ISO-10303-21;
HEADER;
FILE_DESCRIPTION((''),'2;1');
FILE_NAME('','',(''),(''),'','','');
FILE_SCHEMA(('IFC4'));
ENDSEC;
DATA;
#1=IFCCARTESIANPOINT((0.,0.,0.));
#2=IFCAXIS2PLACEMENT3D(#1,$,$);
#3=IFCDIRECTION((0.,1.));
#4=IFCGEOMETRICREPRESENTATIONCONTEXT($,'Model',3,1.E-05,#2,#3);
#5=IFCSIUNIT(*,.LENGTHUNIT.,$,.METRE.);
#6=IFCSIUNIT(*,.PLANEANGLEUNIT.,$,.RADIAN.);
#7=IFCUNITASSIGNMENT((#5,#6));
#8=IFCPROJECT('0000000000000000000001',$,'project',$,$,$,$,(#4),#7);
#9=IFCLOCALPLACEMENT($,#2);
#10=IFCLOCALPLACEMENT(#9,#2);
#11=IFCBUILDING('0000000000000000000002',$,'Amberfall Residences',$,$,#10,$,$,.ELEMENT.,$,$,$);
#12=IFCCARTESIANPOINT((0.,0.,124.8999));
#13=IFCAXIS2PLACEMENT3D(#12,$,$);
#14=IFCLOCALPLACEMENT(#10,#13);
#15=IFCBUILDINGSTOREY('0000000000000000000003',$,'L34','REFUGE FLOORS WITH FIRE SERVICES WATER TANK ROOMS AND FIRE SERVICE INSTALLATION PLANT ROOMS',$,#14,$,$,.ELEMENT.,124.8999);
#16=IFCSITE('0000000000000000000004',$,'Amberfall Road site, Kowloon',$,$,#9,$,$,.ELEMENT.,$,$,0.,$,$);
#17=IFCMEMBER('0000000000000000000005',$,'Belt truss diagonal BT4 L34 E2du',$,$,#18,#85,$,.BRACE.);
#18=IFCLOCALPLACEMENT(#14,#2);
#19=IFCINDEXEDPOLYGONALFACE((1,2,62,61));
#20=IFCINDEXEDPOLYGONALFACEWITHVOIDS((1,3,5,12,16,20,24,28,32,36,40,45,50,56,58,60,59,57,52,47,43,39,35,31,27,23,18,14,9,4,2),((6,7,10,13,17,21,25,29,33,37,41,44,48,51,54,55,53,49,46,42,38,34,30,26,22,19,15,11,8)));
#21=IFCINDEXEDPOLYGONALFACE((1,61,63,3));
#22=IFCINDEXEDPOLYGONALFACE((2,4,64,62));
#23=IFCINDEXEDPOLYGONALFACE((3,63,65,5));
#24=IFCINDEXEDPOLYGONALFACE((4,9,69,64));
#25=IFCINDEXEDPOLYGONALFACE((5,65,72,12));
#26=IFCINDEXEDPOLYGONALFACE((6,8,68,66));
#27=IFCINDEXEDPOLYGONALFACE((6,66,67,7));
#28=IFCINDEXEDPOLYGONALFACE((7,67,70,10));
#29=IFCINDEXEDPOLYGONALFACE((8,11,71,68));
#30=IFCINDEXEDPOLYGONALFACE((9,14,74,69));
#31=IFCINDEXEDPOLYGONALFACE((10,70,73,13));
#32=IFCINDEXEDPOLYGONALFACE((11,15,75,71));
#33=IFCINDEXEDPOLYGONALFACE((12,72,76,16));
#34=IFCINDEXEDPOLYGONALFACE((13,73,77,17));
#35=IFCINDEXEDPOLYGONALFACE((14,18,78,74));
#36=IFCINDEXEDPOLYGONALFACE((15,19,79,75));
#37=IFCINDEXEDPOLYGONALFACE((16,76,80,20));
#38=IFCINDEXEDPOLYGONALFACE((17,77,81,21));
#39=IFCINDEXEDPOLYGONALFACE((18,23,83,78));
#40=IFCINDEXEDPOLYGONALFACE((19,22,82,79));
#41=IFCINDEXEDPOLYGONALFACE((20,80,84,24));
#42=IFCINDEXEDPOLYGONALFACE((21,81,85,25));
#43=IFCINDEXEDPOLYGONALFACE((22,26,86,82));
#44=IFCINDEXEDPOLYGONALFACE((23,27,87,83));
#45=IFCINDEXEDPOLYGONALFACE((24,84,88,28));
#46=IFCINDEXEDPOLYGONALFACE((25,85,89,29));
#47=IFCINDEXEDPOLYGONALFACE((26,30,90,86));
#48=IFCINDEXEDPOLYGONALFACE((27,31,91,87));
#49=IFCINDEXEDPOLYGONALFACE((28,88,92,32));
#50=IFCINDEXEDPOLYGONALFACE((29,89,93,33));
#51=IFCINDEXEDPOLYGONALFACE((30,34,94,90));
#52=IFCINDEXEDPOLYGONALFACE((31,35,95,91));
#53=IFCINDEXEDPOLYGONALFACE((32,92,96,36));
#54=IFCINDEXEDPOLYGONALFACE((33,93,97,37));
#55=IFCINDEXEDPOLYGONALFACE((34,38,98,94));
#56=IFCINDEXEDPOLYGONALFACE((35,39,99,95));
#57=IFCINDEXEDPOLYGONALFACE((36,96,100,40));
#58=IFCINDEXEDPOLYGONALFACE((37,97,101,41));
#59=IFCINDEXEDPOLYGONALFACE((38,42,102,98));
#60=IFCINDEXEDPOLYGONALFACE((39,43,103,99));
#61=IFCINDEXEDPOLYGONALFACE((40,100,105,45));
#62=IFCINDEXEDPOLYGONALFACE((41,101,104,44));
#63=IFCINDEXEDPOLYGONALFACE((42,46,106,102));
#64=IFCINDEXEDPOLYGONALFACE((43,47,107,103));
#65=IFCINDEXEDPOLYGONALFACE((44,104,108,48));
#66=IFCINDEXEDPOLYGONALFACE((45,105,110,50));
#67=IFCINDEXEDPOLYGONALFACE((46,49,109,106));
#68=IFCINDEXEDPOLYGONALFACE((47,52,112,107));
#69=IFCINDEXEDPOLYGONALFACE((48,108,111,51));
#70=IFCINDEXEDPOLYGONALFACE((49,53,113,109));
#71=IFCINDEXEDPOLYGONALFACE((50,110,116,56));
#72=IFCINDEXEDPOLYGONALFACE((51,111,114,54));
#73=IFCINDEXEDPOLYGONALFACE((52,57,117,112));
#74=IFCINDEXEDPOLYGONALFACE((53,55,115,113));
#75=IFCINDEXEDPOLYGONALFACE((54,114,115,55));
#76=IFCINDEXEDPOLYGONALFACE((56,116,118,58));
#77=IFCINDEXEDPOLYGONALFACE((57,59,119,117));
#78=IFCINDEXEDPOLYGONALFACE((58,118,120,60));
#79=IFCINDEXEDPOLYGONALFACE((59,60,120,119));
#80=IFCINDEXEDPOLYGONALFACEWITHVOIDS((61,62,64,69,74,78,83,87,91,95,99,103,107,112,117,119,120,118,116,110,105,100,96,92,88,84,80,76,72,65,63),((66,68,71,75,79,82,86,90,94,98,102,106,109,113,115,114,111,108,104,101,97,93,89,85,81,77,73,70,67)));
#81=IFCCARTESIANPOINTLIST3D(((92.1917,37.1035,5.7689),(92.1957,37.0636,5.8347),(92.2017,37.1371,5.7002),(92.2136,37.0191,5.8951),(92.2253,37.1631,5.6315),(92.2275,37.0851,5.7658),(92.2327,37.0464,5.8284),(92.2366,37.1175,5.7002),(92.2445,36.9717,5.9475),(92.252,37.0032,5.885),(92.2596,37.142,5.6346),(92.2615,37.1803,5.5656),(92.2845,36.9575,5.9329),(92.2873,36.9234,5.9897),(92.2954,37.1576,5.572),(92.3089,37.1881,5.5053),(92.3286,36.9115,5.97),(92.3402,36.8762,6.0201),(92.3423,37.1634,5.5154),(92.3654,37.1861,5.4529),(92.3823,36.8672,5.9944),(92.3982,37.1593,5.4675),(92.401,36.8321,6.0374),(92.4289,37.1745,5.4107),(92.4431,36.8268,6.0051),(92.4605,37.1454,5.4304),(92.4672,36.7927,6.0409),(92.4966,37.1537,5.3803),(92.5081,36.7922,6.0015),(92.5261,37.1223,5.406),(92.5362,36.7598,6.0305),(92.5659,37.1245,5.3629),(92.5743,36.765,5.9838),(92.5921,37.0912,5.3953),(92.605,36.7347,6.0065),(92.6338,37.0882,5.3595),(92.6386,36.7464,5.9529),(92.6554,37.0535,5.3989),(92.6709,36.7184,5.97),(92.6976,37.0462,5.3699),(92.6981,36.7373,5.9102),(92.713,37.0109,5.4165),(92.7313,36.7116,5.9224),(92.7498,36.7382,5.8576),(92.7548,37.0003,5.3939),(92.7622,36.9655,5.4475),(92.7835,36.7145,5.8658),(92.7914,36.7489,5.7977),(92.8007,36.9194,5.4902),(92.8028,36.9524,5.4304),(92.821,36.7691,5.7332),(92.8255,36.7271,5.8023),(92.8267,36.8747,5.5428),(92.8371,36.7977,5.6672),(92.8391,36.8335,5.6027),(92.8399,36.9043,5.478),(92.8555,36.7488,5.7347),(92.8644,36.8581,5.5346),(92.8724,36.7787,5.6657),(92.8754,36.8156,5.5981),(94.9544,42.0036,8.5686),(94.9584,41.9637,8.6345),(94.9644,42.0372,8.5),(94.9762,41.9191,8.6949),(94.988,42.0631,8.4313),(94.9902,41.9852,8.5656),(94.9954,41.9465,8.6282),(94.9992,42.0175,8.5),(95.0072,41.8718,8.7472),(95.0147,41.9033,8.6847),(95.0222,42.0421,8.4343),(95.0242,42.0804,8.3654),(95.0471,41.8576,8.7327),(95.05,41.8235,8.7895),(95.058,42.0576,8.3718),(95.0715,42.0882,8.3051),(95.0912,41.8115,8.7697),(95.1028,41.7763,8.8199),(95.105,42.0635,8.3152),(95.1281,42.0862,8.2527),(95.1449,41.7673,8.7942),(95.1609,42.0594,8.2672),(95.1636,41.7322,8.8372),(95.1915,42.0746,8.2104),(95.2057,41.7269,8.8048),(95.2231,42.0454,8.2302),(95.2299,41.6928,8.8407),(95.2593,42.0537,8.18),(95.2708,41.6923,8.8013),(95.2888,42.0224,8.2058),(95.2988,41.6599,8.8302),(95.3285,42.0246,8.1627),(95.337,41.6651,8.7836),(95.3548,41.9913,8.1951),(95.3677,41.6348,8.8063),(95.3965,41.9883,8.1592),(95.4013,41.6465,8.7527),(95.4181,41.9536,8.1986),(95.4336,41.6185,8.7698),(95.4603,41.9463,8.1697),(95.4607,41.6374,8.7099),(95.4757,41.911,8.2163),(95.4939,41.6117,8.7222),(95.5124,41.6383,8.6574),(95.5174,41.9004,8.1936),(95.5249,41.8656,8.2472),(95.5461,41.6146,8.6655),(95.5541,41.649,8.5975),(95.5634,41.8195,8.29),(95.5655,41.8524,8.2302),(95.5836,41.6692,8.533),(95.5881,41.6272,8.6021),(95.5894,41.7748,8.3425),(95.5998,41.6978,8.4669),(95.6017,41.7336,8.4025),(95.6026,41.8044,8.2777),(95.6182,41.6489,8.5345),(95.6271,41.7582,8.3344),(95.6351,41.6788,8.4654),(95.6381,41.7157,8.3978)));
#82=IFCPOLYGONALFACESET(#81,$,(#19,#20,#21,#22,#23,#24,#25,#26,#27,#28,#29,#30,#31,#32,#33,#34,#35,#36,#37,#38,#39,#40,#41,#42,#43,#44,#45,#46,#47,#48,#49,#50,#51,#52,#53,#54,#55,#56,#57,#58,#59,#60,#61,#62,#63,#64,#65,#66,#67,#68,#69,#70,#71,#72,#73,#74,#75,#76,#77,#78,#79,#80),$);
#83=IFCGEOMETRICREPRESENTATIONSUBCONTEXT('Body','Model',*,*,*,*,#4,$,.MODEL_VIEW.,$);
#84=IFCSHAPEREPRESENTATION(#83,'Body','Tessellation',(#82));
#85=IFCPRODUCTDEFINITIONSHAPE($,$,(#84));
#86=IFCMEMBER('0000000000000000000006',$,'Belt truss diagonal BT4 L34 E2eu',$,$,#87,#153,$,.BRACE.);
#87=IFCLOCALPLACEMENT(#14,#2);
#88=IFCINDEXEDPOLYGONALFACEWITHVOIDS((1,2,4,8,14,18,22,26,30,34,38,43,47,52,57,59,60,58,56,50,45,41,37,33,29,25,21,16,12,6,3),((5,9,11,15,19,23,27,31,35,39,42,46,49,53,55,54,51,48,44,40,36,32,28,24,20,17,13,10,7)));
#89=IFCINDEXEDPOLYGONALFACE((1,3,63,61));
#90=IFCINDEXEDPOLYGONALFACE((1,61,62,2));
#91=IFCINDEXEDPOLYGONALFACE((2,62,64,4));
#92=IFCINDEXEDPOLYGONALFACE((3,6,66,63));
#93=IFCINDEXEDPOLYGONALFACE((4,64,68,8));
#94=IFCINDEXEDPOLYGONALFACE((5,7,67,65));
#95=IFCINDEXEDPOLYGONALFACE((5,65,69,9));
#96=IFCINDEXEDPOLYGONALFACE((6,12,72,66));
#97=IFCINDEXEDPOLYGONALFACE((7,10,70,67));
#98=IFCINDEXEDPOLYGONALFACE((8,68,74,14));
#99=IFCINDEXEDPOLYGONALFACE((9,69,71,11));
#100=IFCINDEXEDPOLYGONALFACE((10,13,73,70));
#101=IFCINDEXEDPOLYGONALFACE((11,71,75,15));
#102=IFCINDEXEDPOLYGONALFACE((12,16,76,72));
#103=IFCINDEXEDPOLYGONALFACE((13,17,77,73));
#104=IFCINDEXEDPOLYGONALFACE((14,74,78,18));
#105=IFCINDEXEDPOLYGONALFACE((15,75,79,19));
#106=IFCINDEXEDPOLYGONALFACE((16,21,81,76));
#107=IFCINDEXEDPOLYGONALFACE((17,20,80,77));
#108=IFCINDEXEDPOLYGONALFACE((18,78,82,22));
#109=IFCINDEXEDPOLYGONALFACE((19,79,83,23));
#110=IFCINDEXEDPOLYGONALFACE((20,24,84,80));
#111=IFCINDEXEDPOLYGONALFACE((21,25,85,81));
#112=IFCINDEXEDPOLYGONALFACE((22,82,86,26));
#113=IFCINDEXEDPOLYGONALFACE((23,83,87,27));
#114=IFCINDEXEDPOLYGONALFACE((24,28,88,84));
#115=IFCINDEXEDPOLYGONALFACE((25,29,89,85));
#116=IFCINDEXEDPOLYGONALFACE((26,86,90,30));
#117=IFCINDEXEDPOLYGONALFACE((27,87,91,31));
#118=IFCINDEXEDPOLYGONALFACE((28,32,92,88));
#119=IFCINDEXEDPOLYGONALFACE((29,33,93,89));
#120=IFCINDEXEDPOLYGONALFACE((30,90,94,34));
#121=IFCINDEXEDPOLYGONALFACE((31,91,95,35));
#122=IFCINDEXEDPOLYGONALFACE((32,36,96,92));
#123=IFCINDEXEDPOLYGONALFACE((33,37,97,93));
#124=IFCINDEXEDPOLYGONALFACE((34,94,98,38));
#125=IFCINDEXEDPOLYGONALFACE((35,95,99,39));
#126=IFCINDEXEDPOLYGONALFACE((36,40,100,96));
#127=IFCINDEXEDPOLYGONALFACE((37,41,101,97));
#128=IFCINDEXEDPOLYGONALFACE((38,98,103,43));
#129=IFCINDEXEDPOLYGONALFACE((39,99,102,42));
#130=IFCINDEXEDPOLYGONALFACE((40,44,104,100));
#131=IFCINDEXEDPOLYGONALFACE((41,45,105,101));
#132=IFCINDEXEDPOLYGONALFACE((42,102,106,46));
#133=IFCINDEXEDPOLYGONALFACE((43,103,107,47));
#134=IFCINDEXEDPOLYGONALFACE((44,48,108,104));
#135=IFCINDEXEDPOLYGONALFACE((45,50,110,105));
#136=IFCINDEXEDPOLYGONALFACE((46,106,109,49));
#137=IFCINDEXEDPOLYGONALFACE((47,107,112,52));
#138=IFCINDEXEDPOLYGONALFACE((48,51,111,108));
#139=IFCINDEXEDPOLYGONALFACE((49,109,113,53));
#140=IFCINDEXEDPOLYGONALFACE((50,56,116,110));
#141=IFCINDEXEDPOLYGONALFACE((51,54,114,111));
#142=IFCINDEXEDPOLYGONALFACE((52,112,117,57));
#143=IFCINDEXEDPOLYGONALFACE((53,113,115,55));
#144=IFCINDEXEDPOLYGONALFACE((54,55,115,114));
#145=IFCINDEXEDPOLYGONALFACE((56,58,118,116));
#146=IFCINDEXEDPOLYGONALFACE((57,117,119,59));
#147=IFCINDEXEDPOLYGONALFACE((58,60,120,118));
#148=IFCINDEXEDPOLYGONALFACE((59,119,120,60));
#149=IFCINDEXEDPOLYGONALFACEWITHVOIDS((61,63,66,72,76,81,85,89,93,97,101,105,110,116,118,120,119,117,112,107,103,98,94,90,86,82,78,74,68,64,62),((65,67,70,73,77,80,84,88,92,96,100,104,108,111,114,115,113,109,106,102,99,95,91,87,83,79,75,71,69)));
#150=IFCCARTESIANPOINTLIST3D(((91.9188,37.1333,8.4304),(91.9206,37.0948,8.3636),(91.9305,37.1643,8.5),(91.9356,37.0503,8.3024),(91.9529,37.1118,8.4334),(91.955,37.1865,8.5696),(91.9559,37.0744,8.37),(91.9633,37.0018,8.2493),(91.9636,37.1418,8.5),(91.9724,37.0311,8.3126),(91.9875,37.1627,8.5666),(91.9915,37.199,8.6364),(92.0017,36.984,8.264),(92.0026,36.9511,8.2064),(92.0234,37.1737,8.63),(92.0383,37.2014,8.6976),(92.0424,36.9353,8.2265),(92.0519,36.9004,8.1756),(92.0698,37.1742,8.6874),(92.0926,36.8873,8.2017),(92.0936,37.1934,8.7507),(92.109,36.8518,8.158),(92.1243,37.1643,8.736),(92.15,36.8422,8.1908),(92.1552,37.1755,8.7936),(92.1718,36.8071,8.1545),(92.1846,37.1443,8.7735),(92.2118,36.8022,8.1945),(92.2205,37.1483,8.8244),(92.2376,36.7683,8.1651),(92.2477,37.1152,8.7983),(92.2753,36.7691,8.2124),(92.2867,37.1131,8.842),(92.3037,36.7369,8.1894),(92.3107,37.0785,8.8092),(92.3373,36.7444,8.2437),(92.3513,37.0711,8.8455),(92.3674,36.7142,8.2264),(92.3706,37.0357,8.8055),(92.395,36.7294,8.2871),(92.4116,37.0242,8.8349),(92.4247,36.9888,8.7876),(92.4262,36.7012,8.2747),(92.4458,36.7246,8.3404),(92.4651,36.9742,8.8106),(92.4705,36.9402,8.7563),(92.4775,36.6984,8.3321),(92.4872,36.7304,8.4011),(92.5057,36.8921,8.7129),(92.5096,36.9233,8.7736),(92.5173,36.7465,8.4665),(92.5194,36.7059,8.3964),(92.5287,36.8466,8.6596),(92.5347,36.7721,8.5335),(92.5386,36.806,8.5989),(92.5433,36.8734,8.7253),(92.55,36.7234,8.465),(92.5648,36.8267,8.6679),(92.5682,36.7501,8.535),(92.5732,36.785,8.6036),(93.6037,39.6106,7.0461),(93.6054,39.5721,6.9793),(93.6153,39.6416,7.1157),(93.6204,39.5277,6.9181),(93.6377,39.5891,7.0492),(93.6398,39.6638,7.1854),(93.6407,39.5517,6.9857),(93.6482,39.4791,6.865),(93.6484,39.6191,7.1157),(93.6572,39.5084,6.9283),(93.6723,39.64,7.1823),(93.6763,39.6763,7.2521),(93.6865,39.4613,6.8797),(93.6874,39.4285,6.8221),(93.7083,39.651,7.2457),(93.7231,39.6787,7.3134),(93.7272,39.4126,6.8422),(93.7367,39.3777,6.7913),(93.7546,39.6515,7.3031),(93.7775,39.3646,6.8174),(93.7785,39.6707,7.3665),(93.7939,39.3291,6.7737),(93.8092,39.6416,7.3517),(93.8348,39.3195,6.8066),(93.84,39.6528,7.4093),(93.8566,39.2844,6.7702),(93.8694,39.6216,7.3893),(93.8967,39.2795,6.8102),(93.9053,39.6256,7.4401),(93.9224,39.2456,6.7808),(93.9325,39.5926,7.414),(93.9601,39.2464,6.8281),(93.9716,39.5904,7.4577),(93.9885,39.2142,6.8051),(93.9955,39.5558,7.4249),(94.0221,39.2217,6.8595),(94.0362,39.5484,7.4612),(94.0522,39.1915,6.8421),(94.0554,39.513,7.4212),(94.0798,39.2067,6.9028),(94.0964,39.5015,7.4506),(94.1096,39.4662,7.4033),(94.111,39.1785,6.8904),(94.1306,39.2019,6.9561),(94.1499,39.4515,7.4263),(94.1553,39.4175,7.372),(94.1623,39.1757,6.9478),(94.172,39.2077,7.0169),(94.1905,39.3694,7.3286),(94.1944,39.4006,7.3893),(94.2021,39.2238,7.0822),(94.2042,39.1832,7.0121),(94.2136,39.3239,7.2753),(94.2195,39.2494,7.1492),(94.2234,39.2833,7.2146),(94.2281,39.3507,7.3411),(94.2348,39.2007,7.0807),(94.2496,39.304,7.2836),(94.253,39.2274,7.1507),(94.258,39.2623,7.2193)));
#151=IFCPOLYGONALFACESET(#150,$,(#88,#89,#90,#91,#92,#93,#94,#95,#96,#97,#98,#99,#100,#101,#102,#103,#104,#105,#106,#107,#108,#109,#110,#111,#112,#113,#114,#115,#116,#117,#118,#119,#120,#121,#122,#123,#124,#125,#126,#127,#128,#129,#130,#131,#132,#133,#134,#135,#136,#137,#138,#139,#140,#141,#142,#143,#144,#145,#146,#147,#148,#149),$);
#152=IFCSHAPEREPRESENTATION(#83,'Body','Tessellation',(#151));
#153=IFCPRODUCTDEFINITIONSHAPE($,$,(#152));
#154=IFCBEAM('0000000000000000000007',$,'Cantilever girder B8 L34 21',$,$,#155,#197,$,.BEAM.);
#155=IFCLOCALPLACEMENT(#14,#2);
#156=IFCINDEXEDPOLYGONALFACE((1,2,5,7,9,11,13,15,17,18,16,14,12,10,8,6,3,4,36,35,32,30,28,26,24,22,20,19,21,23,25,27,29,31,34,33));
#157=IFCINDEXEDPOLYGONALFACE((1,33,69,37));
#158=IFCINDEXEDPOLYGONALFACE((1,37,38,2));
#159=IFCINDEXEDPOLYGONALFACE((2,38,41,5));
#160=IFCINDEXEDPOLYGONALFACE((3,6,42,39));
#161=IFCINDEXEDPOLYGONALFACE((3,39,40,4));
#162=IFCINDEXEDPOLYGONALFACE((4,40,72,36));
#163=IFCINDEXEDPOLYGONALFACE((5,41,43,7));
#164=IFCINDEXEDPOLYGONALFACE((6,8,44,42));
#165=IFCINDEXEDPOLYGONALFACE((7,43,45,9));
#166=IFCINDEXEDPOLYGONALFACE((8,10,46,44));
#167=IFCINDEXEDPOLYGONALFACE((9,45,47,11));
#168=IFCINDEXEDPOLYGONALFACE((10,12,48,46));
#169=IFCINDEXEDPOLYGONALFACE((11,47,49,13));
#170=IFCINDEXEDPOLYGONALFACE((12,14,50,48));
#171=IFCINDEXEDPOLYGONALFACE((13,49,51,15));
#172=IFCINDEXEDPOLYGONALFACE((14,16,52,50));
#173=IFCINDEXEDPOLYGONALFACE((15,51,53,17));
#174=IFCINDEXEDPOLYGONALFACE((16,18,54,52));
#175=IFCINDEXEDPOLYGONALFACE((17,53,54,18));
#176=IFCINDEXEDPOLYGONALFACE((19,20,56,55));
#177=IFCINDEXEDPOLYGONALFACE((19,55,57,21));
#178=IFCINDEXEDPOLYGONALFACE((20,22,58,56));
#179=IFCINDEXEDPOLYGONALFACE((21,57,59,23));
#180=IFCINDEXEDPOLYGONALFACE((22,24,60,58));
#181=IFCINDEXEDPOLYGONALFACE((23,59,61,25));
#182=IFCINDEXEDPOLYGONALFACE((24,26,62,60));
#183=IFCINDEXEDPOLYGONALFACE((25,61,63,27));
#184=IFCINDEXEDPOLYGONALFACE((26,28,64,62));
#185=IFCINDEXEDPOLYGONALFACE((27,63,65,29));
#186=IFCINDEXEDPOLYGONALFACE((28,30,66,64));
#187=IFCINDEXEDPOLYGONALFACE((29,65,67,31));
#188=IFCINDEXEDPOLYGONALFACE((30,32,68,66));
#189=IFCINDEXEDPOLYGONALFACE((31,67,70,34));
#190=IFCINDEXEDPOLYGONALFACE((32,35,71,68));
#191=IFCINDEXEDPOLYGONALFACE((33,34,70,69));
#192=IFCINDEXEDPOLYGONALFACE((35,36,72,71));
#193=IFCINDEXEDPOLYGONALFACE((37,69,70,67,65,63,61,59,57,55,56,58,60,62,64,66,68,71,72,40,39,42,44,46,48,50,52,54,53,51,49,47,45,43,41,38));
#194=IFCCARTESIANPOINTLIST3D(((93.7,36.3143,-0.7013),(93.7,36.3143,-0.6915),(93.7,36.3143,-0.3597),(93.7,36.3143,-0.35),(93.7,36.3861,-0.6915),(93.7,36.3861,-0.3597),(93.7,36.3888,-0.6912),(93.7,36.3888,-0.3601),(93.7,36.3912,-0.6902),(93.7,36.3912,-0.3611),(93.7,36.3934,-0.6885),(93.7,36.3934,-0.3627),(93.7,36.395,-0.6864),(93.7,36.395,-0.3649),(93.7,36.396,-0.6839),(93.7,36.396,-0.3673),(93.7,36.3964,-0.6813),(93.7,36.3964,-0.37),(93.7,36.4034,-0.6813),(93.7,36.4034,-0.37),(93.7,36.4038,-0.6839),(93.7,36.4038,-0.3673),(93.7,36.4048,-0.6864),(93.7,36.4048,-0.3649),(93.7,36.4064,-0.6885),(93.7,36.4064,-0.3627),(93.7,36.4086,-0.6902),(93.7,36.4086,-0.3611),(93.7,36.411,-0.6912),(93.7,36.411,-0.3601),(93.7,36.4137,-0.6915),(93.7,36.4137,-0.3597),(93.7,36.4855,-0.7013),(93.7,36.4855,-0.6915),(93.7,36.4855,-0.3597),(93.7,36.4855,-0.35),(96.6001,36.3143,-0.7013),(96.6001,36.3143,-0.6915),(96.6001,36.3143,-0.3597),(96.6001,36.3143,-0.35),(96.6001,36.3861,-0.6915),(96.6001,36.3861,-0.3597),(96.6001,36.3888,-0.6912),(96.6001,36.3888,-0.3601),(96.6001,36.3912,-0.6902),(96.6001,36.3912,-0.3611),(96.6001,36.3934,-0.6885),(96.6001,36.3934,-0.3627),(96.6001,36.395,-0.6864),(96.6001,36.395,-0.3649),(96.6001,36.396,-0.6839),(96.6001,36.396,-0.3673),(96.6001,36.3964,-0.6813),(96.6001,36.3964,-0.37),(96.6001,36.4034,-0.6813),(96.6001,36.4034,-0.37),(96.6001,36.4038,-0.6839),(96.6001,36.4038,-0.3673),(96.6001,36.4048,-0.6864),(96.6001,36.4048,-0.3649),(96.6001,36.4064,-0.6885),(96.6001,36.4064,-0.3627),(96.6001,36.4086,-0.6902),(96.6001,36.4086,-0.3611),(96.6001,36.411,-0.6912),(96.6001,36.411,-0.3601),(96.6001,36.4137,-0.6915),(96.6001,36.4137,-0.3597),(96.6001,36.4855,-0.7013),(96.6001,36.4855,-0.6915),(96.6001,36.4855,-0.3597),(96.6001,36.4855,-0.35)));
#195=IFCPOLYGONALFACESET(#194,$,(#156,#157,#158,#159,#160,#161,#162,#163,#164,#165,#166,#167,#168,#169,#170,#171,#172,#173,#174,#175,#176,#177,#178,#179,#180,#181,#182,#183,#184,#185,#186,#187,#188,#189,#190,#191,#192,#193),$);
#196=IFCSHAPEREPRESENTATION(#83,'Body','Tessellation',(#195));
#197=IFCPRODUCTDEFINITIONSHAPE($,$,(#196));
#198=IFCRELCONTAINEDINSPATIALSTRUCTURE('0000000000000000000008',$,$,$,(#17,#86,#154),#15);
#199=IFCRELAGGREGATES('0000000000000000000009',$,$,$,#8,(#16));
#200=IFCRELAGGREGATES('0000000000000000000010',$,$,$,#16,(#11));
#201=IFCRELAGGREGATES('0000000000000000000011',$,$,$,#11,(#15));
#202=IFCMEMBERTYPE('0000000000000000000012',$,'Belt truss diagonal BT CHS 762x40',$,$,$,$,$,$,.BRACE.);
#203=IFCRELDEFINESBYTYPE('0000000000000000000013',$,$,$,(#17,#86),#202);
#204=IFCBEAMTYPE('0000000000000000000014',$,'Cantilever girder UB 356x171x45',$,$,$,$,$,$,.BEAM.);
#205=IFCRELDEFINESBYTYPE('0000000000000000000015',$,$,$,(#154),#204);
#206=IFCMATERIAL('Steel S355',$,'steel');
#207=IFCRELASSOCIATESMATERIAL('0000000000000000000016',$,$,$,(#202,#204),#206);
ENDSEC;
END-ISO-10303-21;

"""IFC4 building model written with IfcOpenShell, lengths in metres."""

from ifc_helpers import new_model, si_unit, direction, frame, origin, origin_2d, place, context, subcontext, project, spatial, hollow_circle, i_section, extrude, material, material_profile, profile_set, type_object, element, save


model = new_model("IFC4")

# Units and contexts
model_context = context("Model", 3, precision=1e-05, world=origin(), true_north=direction((0.0, 1.0)))
body_context = subcontext(model_context, "Body", "Model", "MODEL_VIEW")
ifc_project = project(units=[si_unit("LENGTHUNIT", "METRE"), si_unit("PLANEANGLEUNIT", "RADIAN")], contexts=[model_context])

# Site, building, storey
site_placement = place(None, origin())
site = spatial("IfcSite", under=ifc_project, at=site_placement, Name="Amberfall Road site, Kowloon", CompositionType="ELEMENT", RefElevation=0.0)
building_placement = place(site_placement, origin())
building = spatial("IfcBuilding", under=site, at=building_placement, Name="Amberfall Residences", CompositionType="ELEMENT")
storey_placement = place(building_placement, frame((0.0, 0.0, 124.8999)))
storey = spatial("IfcBuildingStorey", under=building, at=storey_placement, Name="L34", Description="REFUGE FLOORS WITH FIRE SERVICES WATER TANK ROOMS AND FIRE SERVICE INSTALLATION PLANT ROOMS", CompositionType="ELEMENT", Elevation=124.8999)

# Shared definitions
ifc_material_1 = material(Name="Steel S355", Category="steel")

# Members
ifc_material_profile_1 = material_profile(ifc_material_1, hollow_circle(Radius=0.3811, WallThickness=0.04, at=origin_2d()), Name="CHS 762x40")
ifc_profile_set_1 = profile_set([ifc_material_profile_1], Name="Steel S355")
member_type = type_object("IfcMemberType", Name="Belt truss diagonal BT CHS 762x40", PredefinedType="BRACE", material=ifc_profile_set_1)
member_1_placement = place(storey_placement, frame((92.5337, 36.95, 5.7002), z_axis=(0.439672, 0.779839, 0.445578), x_axis=(-0.871092, 0.49112, 0.0)))
element("IfcMember", 1, at=member_1_placement, inside=storey, type_object=member_type, Name="Belt truss diagonal BT4 L34 E2du", PredefinedType="BRACE", context=body_context, shape_type="SweptSolid", body=[
    extrude(hollow_circle(Radius=0.3811, WallThickness=0.04, at=origin_2d()), origin(), (0.0, 0.0, 1.0), 6.2834),
])
member_2_placement = place(storey_placement, frame((92.2456, 36.95, 8.5), z_axis=(0.510507, 0.750633, -0.419443), x_axis=(-0.826887, 0.562368, 0.0)))
element("IfcMember", 2, at=member_2_placement, inside=storey, type_object=member_type, Name="Belt truss diagonal BT4 L34 E2eu", PredefinedType="BRACE", context=body_context, shape_type="SweptSolid", body=[
    extrude(hollow_circle(Radius=0.3811, WallThickness=0.04, at=origin_2d()), origin(), (0.0, 0.0, 1.0), 3.3003),
])

# Beam
ifc_material_profile_2 = material_profile(ifc_material_1, i_section(OverallWidth=0.1711, OverallDepth=0.3513, WebThickness=0.0071, FlangeThickness=0.0098, FilletRadius=0.0103, at=origin_2d()), Name="UB 356x171x45")
ifc_profile_set_2 = profile_set([ifc_material_profile_2], Name="Steel S355")
beam_type_1 = type_object("IfcBeamType", Name="Cantilever girder UB 356x171x45", PredefinedType="BEAM", material=ifc_profile_set_2)
beam_1_placement = place(storey_placement, frame((93.7, 36.3999, -0.5256), z_axis=(1.0, 0.0, 0.0), x_axis=(0.0, 1.0, 0.0)))
element("IfcBeam", 3, at=beam_1_placement, inside=storey, type_object=beam_type_1, Name="Cantilever girder B8 L34 21", PredefinedType="BEAM", context=body_context, shape_type="SweptSolid", body=[
    extrude(i_section(OverallWidth=0.1711, OverallDepth=0.3513, WebThickness=0.0071, FlangeThickness=0.0098, FilletRadius=0.0103, at=origin_2d()), origin(), (0.0, 0.0, 1.0), 2.9001),
])

save(model, "model.ifc")
